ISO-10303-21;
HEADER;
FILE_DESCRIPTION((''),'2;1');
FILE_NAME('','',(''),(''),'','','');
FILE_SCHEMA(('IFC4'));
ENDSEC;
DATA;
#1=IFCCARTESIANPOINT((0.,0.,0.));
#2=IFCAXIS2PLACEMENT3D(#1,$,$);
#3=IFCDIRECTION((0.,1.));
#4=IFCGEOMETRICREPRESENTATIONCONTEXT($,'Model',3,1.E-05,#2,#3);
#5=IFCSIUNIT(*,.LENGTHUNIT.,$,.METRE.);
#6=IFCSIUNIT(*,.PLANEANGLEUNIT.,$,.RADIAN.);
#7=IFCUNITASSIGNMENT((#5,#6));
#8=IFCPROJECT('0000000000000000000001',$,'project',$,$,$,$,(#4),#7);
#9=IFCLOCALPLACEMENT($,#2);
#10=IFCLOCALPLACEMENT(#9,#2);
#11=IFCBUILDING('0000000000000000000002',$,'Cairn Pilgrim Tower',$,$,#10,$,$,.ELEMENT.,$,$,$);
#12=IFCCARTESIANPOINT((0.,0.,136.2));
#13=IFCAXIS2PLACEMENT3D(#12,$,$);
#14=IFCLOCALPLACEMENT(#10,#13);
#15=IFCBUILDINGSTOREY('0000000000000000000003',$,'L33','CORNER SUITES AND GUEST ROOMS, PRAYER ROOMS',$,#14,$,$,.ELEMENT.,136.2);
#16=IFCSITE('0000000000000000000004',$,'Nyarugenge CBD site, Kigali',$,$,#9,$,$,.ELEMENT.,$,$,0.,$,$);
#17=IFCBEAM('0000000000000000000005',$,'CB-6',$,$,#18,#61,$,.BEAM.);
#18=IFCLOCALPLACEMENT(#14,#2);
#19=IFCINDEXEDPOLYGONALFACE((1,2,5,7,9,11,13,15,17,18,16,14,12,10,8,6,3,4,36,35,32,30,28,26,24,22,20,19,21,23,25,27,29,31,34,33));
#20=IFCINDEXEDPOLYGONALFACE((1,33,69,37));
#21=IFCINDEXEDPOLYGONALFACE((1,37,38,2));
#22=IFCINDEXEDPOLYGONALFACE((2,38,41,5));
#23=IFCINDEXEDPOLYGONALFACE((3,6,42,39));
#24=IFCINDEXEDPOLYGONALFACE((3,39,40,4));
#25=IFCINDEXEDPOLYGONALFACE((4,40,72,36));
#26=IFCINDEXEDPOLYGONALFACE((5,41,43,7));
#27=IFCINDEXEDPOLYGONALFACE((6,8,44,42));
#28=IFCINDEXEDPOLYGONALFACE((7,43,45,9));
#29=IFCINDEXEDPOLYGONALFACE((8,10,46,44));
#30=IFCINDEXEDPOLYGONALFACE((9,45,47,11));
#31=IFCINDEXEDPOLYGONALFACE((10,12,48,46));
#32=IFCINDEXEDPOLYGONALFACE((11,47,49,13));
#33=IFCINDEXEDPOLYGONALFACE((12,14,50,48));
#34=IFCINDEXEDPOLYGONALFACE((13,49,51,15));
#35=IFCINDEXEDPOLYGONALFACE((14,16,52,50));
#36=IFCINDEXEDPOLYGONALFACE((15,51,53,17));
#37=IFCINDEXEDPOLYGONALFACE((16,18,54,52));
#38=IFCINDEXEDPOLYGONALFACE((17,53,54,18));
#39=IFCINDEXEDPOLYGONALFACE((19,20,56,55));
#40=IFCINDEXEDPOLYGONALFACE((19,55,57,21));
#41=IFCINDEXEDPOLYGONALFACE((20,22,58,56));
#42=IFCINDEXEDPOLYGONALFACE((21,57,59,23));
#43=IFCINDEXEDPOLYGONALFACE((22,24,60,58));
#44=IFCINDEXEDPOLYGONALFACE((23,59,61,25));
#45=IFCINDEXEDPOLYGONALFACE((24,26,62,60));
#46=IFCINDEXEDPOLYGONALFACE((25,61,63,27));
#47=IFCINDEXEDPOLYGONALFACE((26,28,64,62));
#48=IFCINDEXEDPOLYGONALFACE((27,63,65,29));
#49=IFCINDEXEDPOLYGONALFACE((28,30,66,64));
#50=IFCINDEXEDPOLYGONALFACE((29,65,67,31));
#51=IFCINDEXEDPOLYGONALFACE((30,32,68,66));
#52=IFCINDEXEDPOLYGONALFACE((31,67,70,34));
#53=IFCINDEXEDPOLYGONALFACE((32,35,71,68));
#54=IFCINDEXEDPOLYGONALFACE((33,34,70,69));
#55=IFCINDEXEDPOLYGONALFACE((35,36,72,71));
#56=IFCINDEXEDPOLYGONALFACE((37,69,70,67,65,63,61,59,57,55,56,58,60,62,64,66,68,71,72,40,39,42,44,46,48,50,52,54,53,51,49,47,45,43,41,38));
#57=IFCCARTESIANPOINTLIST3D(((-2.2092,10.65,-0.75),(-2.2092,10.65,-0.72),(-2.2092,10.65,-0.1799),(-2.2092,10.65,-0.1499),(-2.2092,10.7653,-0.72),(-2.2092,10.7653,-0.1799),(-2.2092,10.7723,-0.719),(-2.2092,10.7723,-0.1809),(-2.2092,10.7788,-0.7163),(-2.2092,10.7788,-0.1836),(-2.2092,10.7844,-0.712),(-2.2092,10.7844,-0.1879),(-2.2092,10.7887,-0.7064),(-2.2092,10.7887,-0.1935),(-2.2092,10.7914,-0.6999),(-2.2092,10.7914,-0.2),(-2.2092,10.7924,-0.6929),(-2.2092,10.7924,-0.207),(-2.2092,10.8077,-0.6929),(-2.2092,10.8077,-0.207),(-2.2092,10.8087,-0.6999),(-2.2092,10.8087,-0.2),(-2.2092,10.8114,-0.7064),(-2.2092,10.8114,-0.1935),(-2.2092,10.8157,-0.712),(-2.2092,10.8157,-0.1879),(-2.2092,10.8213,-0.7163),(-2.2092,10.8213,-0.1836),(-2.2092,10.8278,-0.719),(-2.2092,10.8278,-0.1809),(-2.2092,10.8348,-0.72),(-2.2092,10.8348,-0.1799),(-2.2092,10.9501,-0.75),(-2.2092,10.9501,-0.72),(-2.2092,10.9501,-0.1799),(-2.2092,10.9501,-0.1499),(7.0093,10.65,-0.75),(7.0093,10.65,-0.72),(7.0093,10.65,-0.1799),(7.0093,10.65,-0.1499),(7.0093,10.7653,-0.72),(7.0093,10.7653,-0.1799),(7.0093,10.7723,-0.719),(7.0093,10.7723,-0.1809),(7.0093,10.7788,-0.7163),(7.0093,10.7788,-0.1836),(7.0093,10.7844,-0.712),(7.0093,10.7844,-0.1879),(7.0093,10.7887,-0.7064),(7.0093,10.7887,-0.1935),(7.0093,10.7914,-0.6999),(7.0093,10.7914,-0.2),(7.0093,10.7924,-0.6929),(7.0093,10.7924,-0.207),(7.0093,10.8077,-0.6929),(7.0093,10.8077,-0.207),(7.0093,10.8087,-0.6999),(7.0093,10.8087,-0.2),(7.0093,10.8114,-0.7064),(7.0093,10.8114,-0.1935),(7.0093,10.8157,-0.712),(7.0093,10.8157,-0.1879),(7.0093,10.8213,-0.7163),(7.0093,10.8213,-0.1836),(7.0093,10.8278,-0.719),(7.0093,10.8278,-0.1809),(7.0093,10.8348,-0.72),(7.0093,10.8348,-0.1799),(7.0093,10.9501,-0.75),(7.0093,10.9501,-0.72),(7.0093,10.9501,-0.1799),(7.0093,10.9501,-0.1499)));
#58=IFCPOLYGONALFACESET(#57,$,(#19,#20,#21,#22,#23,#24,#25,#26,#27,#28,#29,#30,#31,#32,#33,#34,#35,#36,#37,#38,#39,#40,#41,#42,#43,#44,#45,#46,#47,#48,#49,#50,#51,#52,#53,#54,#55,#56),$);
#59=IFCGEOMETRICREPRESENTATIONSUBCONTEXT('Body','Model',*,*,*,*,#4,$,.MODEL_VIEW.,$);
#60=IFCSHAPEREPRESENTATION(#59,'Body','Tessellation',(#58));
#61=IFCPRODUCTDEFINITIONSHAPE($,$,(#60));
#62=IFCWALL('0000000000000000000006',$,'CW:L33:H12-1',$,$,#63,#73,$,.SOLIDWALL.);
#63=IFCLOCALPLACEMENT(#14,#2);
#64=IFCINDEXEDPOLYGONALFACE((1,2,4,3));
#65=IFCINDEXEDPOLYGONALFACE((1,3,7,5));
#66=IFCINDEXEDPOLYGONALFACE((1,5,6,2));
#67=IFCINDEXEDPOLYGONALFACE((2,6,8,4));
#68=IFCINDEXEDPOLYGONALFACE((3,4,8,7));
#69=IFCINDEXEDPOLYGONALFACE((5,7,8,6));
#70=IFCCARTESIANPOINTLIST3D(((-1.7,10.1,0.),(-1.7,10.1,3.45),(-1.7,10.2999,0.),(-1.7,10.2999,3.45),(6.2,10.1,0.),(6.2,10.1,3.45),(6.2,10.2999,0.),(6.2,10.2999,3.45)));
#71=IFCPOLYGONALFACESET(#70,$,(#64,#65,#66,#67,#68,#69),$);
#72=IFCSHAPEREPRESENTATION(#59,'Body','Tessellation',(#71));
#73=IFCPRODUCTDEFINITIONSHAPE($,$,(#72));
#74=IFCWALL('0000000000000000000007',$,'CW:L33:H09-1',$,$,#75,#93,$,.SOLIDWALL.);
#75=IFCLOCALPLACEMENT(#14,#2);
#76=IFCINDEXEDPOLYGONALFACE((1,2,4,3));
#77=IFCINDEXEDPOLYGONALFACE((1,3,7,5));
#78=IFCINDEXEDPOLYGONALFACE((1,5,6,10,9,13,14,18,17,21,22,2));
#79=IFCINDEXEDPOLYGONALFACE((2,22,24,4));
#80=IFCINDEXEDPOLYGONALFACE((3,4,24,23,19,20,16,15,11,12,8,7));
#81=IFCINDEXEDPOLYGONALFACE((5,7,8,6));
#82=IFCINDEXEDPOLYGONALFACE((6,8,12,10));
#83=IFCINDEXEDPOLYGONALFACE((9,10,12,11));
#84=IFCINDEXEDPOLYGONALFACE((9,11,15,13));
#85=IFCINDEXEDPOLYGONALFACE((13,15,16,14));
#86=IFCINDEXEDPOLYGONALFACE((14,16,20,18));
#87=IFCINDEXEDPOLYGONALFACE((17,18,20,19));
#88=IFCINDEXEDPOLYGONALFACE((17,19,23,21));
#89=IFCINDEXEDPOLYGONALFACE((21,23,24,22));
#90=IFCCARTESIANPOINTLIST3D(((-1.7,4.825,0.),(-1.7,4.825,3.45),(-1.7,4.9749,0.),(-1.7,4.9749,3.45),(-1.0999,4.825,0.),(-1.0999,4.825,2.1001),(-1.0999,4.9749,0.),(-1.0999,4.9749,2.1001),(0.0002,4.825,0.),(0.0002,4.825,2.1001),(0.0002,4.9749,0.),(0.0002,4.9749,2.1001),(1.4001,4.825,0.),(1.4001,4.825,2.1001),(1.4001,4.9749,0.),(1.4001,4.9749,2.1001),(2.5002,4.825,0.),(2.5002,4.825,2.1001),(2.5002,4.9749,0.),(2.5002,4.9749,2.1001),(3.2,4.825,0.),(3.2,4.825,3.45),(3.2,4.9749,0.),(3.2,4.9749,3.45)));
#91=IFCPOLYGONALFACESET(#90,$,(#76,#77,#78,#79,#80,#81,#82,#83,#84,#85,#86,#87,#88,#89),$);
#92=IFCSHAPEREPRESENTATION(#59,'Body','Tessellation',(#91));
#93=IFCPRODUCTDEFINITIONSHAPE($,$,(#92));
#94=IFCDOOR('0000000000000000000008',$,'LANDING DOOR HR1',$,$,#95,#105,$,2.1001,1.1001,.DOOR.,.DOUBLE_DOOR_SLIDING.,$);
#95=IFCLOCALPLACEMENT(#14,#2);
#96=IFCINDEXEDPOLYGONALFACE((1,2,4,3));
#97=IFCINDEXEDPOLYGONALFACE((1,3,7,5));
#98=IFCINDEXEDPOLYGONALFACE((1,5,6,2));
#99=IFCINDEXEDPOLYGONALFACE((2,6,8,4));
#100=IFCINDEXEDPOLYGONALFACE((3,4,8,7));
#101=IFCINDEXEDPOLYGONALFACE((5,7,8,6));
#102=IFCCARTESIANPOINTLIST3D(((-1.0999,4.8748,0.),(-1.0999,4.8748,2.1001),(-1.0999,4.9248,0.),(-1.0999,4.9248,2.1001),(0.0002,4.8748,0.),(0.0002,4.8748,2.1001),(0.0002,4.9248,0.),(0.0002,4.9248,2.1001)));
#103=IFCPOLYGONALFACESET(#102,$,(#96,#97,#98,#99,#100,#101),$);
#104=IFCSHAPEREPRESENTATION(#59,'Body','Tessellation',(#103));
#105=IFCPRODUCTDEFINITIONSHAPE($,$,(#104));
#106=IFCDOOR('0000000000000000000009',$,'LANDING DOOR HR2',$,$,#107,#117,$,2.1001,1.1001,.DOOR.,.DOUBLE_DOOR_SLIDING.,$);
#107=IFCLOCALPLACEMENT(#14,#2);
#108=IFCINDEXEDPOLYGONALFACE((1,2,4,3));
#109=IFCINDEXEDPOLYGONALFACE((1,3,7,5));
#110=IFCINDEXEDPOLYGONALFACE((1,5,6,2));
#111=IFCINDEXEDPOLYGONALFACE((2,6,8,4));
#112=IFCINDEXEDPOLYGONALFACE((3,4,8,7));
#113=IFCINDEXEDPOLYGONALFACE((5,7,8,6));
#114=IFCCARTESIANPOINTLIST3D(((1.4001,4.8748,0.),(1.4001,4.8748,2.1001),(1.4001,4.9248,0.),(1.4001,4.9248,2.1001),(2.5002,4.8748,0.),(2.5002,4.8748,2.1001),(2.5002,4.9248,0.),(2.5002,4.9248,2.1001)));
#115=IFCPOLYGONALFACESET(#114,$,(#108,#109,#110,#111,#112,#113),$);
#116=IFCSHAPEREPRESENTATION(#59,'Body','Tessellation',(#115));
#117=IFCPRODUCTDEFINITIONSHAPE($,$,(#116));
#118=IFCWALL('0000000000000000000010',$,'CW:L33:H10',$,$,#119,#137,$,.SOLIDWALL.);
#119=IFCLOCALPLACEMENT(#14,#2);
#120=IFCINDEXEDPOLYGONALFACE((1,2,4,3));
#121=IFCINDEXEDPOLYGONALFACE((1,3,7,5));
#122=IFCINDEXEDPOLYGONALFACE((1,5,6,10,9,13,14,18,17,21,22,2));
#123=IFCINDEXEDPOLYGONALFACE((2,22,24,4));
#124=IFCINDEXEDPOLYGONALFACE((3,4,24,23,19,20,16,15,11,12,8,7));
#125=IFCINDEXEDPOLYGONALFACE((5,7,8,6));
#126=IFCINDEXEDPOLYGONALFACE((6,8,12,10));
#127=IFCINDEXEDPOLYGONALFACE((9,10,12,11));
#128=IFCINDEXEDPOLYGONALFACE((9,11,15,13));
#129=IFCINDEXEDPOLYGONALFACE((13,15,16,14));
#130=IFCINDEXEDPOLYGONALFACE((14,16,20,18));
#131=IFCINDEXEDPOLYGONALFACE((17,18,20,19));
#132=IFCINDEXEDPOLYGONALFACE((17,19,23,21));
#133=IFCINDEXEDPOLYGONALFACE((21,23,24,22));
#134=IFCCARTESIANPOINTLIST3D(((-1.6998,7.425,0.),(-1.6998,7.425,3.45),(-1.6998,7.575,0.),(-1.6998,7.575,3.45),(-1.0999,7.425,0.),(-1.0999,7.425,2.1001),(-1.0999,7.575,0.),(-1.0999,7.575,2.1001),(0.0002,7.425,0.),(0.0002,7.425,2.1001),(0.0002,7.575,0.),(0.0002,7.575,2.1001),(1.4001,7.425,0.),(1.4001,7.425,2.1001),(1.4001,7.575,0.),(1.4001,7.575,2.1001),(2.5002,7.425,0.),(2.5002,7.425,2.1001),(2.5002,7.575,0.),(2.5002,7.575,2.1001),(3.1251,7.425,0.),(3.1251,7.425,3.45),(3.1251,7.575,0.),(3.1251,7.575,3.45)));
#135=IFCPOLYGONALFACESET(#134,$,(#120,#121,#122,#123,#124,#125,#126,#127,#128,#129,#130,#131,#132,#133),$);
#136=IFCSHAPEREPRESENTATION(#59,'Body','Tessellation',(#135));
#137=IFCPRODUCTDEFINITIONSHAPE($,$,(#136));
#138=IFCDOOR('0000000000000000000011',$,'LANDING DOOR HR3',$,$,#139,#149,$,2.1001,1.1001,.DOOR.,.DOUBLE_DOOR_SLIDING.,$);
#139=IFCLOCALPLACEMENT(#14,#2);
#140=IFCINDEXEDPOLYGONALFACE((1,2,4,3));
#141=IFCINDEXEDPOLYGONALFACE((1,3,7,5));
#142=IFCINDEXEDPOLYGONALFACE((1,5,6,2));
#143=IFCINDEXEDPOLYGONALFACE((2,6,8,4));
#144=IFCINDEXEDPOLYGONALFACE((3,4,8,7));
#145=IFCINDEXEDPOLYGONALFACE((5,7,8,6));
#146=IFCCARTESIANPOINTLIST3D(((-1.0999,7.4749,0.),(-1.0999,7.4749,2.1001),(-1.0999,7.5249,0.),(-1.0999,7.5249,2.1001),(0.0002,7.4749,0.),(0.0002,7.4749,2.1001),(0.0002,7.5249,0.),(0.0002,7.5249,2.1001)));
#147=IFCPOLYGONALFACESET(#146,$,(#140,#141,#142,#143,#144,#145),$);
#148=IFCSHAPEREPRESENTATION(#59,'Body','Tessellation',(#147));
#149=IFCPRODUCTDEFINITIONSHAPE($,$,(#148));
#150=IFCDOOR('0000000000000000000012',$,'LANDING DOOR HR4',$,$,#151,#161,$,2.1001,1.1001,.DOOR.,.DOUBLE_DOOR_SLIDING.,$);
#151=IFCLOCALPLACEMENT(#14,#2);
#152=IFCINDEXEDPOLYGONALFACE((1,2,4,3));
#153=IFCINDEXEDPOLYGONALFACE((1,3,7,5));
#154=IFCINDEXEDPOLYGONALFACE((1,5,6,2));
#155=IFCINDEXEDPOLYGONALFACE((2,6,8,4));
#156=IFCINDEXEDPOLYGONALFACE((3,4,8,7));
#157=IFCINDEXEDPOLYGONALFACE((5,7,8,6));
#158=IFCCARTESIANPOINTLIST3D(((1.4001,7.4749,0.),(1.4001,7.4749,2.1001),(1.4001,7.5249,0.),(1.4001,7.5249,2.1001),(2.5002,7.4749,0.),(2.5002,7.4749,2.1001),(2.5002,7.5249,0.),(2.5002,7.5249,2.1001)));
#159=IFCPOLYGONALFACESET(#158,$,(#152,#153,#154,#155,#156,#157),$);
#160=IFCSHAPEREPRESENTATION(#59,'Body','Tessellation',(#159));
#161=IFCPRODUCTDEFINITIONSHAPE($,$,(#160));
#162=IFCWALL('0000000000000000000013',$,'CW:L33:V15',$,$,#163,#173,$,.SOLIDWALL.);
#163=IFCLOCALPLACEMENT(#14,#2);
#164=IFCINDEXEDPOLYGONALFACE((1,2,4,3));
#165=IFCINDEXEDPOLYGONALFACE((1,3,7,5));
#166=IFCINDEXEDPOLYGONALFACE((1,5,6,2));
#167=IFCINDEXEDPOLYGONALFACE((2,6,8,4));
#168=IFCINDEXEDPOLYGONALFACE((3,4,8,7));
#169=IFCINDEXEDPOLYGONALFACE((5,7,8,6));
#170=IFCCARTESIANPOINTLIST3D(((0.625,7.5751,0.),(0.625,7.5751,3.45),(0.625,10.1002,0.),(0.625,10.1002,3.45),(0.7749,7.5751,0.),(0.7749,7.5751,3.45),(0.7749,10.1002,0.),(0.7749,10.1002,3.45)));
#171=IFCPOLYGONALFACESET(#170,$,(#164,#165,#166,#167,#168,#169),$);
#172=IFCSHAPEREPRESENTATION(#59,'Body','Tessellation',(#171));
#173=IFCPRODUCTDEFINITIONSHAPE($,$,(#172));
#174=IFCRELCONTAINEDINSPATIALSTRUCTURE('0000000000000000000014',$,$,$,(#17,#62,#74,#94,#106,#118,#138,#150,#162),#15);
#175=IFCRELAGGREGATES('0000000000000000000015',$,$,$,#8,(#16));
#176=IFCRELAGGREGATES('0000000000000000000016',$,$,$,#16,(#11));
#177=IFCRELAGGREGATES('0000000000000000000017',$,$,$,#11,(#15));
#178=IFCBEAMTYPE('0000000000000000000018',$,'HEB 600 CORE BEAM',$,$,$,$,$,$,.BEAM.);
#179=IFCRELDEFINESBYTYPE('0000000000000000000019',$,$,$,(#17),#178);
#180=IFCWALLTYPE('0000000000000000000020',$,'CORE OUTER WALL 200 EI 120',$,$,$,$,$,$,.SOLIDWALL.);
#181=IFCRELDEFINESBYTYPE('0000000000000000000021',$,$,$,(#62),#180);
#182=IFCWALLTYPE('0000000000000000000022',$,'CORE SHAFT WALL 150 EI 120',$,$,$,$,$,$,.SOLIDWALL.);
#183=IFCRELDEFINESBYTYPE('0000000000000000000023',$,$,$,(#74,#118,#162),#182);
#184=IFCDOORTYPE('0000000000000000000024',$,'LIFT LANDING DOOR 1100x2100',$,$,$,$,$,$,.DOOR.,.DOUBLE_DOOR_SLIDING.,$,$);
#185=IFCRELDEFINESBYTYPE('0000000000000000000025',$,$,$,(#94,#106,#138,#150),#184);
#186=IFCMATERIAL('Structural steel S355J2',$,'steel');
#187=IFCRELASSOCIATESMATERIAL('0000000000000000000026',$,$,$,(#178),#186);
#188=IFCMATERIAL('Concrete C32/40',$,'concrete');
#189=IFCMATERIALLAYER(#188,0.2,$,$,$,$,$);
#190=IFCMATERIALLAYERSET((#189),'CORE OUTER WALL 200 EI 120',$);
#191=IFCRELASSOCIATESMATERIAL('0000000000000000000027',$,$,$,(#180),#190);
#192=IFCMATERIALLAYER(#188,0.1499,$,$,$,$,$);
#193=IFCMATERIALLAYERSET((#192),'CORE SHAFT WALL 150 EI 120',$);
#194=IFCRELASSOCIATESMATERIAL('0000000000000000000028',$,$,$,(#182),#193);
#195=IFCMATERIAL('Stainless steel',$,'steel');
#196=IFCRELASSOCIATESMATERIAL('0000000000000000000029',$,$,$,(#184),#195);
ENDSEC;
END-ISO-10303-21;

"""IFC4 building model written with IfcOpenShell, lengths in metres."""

from ifc_helpers import new_model, si_unit, direction, frame, frame_2d, origin, origin_2d, place, context, subcontext, project, spatial, rectangle, i_section, extrude, material, layer, layer_set, material_profile, profile_set, type_object, element, fill, save


model = new_model("IFC4")

# Units and contexts
model_context = context("Model", 3, precision=1e-05, world=origin(), true_north=direction((0.0, 1.0)))
body_context = subcontext(model_context, "Body", "Model", "MODEL_VIEW")
ifc_project = project(units=[si_unit("LENGTHUNIT", "METRE"), si_unit("PLANEANGLEUNIT", "RADIAN")], contexts=[model_context])

# Site, building, storey
site_placement = place(None, origin())
site = spatial("IfcSite", under=ifc_project, at=site_placement, Name="Nyarugenge CBD site, Kigali", CompositionType="ELEMENT", RefElevation=0.0)
building_placement = place(site_placement, origin())
building = spatial("IfcBuilding", under=site, at=building_placement, Name="Cairn Pilgrim Tower", CompositionType="ELEMENT")
storey_placement = place(building_placement, frame((0.0, 0.0, 136.2)))
storey = spatial("IfcBuildingStorey", under=building, at=storey_placement, Name="L33", Description="CORNER SUITES AND GUEST ROOMS, PRAYER ROOMS", CompositionType="ELEMENT", Elevation=136.2)

# Beam
ifc_material_1 = material(Name="Structural steel S355J2", Category="steel")
ifc_material_profile_1 = material_profile(ifc_material_1, i_section(OverallWidth=0.3, OverallDepth=0.6001, WebThickness=0.0154, FlangeThickness=0.03, FilletRadius=0.0271, at=origin_2d()), Name="HEB 600")
ifc_profile_set_1 = profile_set([ifc_material_profile_1], Name="Structural steel S355J2")
beam_type_1 = type_object("IfcBeamType", Name="HEB 600 CORE BEAM", PredefinedType="BEAM", material=ifc_profile_set_1)
beam_1_placement = place(storey_placement, frame((7.0093, 10.8, -0.45), z_axis=(-1.0, 0.0, 0.0), x_axis=(0.0, -1.0, 0.0)))
element("IfcBeam", 1, at=beam_1_placement, inside=storey, type_object=beam_type_1, Name="CB-6", PredefinedType="BEAM", context=body_context, shape_type="SweptSolid", body=[
    extrude(i_section(OverallWidth=0.3, OverallDepth=0.6001, WebThickness=0.0154, FlangeThickness=0.03, FilletRadius=0.0271, at=origin_2d()), origin(), (0.0, 0.0, 1.0), 9.2185),
])

# Wall
ifc_material_2 = material(Name="Concrete C32/40", Category="concrete")
ifc_layer_1 = layer(ifc_material_2, 0.2)
ifc_layer_set_1 = layer_set([ifc_layer_1], Name="CORE OUTER WALL 200 EI 120")
wall_type_1 = type_object("IfcWallType", Name="CORE OUTER WALL 200 EI 120", PredefinedType="SOLIDWALL", material=ifc_layer_set_1)
wall_1_placement = place(storey_placement, frame((-1.7, 10.2, 0.0), z_axis=(0.0, 0.0, 1.0), x_axis=(1.0, 0.0, 0.0)))
element("IfcWall", 2, at=wall_1_placement, inside=storey, type_object=wall_type_1, Name="CW:L33:H12-1", PredefinedType="SOLIDWALL", context=body_context, shape_type="SweptSolid", body=[
    extrude(rectangle(XDim=7.8999, YDim=0.2, at=frame_2d((3.95, 0.0))), origin(), (0.0, 0.0, 1.0), 3.45),
])

# Walls, openings, doors
ifc_layer_2 = layer(ifc_material_2, 0.1499)
ifc_layer_set_2 = layer_set([ifc_layer_2], Name="CORE SHAFT WALL 150 EI 120")
wall_type_2 = type_object("IfcWallType", Name="CORE SHAFT WALL 150 EI 120", PredefinedType="SOLIDWALL", material=ifc_layer_set_2)
wall_2_placement = place(storey_placement, frame((-1.7, 4.8999, 0.0), z_axis=(0.0, 0.0, 1.0), x_axis=(1.0, 0.0, 0.0)))
wall_2 = element("IfcWall", 3, at=wall_2_placement, inside=storey, type_object=wall_type_2, Name="CW:L33:H09-1", PredefinedType="SOLIDWALL", context=body_context, shape_type="SweptSolid", body=[
    extrude(rectangle(XDim=4.8999, YDim=0.1499, at=frame_2d((2.45, 0.0))), origin(), (0.0, 0.0, 1.0), 3.45),
])
opening_1_placement = place(wall_2_placement, frame((0.6001, 0.0, 0.0)))
opening_1 = element("IfcOpeningElement", 4, at=opening_1_placement, cuts=wall_2, PredefinedType="OPENING", context=body_context, shape_type="SweptSolid", body=[
    extrude(rectangle(XDim=1.1001, YDim=2.1001, at=frame_2d((0.55, 1.05))), frame((0.0, 0.085, 0.0), z_axis=(0.0, -1.0, 0.0), x_axis=(1.0, 0.0, 0.0)), (0.0, 0.0, 1.0), 0.1699),
])
opening_2_placement = place(wall_2_placement, frame((3.1001, 0.0, 0.0)))
opening_2 = element("IfcOpeningElement", 5, at=opening_2_placement, cuts=wall_2, PredefinedType="OPENING", context=body_context, shape_type="SweptSolid", body=[
    extrude(rectangle(XDim=1.1001, YDim=2.1001, at=frame_2d((0.55, 1.05))), frame((0.0, 0.085, 0.0), z_axis=(0.0, -1.0, 0.0), x_axis=(1.0, 0.0, 0.0)), (0.0, 0.0, 1.0), 0.1699),
])
ifc_material_3 = material(Name="Stainless steel", Category="steel")
door_type_1 = type_object("IfcDoorType", Name="LIFT LANDING DOOR 1100x2100", OperationType="DOUBLE_DOOR_SLIDING", PredefinedType="DOOR", material=ifc_material_3)
door_1_placement = place(opening_1_placement, origin())
door_1 = element("IfcDoor", 6, at=door_1_placement, inside=storey, type_object=door_type_1, Name="LANDING DOOR HR1", OperationType="DOUBLE_DOOR_SLIDING", OverallHeight=2.1001, OverallWidth=1.1001, PredefinedType="DOOR", context=body_context, shape_type="SweptSolid", body=[
    extrude(rectangle(XDim=1.1001, YDim=2.1001, at=frame_2d((0.55, 1.05))), frame((0.0, 0.0249, 0.0), z_axis=(0.0, -1.0, 0.0), x_axis=(1.0, 0.0, 0.0)), (0.0, 0.0, 1.0), 0.05),
])
fill(opening_1, door_1)
door_2_placement = place(opening_2_placement, origin())
door_2 = element("IfcDoor", 7, at=door_2_placement, inside=storey, type_object=door_type_1, Name="LANDING DOOR HR2", OperationType="DOUBLE_DOOR_SLIDING", OverallHeight=2.1001, OverallWidth=1.1001, PredefinedType="DOOR", context=body_context, shape_type="SweptSolid", body=[
    extrude(rectangle(XDim=1.1001, YDim=2.1001, at=frame_2d((0.55, 1.05))), frame((0.0, 0.0249, 0.0), z_axis=(0.0, -1.0, 0.0), x_axis=(1.0, 0.0, 0.0)), (0.0, 0.0, 1.0), 0.05),
])
fill(opening_2, door_2)
wall_3_placement = place(storey_placement, frame((-1.7, 7.5, 0.0), z_axis=(0.0, 0.0, 1.0), x_axis=(1.0, 0.0, 0.0)))
wall_3 = element("IfcWall", 8, at=wall_3_placement, inside=storey, type_object=wall_type_2, Name="CW:L33:H10", PredefinedType="SOLIDWALL", context=body_context, shape_type="SweptSolid", body=[
    extrude(rectangle(XDim=4.825, YDim=0.1499, at=frame_2d((2.4126, 0.0))), origin(), (0.0, 0.0, 1.0), 3.45),
])
opening_3_placement = place(wall_3_placement, frame((0.6001, 0.0, 0.0)))
opening_3 = element("IfcOpeningElement", 9, at=opening_3_placement, cuts=wall_3, PredefinedType="OPENING", context=body_context, shape_type="SweptSolid", body=[
    extrude(rectangle(XDim=1.1001, YDim=2.1001, at=frame_2d((0.55, 1.05))), frame((0.0, 0.085, 0.0), z_axis=(0.0, -1.0, 0.0), x_axis=(1.0, 0.0, 0.0)), (0.0, 0.0, 1.0), 0.1699),
])
opening_4_placement = place(wall_3_placement, frame((3.1001, 0.0, 0.0)))
opening_4 = element("IfcOpeningElement", 10, at=opening_4_placement, cuts=wall_3, PredefinedType="OPENING", context=body_context, shape_type="SweptSolid", body=[
    extrude(rectangle(XDim=1.1001, YDim=2.1001, at=frame_2d((0.55, 1.05))), frame((0.0, 0.085, 0.0), z_axis=(0.0, -1.0, 0.0), x_axis=(1.0, 0.0, 0.0)), (0.0, 0.0, 1.0), 0.1699),
])
door_3_placement = place(opening_3_placement, origin())
door_3 = element("IfcDoor", 11, at=door_3_placement, inside=storey, type_object=door_type_1, Name="LANDING DOOR HR3", OperationType="DOUBLE_DOOR_SLIDING", OverallHeight=2.1001, OverallWidth=1.1001, PredefinedType="DOOR", context=body_context, shape_type="SweptSolid", body=[
    extrude(rectangle(XDim=1.1001, YDim=2.1001, at=frame_2d((0.55, 1.05))), frame((0.0, 0.0249, 0.0), z_axis=(0.0, -1.0, 0.0), x_axis=(1.0, 0.0, 0.0)), (0.0, 0.0, 1.0), 0.05),
])
fill(opening_3, door_3)
door_4_placement = place(opening_4_placement, origin())
door_4 = element("IfcDoor", 12, at=door_4_placement, inside=storey, type_object=door_type_1, Name="LANDING DOOR HR4", OperationType="DOUBLE_DOOR_SLIDING", OverallHeight=2.1001, OverallWidth=1.1001, PredefinedType="DOOR", context=body_context, shape_type="SweptSolid", body=[
    extrude(rectangle(XDim=1.1001, YDim=2.1001, at=frame_2d((0.55, 1.05))), frame((0.0, 0.0249, 0.0), z_axis=(0.0, -1.0, 0.0), x_axis=(1.0, 0.0, 0.0)), (0.0, 0.0, 1.0), 0.05),
])
fill(opening_4, door_4)

# Wall
wall_4_placement = place(storey_placement, frame((0.7, 7.575, 0.0), z_axis=(0.0, 0.0, 1.0), x_axis=(0.0, 1.0, 0.0)))
element("IfcWall", 13, at=wall_4_placement, inside=storey, type_object=wall_type_2, Name="CW:L33:V15", PredefinedType="SOLIDWALL", context=body_context, shape_type="SweptSolid", body=[
    extrude(rectangle(XDim=2.5251, YDim=0.1499, at=frame_2d((1.2627, 0.0))), origin(), (0.0, 0.0, 1.0), 3.45),
])

save(model, "model.ifc")
